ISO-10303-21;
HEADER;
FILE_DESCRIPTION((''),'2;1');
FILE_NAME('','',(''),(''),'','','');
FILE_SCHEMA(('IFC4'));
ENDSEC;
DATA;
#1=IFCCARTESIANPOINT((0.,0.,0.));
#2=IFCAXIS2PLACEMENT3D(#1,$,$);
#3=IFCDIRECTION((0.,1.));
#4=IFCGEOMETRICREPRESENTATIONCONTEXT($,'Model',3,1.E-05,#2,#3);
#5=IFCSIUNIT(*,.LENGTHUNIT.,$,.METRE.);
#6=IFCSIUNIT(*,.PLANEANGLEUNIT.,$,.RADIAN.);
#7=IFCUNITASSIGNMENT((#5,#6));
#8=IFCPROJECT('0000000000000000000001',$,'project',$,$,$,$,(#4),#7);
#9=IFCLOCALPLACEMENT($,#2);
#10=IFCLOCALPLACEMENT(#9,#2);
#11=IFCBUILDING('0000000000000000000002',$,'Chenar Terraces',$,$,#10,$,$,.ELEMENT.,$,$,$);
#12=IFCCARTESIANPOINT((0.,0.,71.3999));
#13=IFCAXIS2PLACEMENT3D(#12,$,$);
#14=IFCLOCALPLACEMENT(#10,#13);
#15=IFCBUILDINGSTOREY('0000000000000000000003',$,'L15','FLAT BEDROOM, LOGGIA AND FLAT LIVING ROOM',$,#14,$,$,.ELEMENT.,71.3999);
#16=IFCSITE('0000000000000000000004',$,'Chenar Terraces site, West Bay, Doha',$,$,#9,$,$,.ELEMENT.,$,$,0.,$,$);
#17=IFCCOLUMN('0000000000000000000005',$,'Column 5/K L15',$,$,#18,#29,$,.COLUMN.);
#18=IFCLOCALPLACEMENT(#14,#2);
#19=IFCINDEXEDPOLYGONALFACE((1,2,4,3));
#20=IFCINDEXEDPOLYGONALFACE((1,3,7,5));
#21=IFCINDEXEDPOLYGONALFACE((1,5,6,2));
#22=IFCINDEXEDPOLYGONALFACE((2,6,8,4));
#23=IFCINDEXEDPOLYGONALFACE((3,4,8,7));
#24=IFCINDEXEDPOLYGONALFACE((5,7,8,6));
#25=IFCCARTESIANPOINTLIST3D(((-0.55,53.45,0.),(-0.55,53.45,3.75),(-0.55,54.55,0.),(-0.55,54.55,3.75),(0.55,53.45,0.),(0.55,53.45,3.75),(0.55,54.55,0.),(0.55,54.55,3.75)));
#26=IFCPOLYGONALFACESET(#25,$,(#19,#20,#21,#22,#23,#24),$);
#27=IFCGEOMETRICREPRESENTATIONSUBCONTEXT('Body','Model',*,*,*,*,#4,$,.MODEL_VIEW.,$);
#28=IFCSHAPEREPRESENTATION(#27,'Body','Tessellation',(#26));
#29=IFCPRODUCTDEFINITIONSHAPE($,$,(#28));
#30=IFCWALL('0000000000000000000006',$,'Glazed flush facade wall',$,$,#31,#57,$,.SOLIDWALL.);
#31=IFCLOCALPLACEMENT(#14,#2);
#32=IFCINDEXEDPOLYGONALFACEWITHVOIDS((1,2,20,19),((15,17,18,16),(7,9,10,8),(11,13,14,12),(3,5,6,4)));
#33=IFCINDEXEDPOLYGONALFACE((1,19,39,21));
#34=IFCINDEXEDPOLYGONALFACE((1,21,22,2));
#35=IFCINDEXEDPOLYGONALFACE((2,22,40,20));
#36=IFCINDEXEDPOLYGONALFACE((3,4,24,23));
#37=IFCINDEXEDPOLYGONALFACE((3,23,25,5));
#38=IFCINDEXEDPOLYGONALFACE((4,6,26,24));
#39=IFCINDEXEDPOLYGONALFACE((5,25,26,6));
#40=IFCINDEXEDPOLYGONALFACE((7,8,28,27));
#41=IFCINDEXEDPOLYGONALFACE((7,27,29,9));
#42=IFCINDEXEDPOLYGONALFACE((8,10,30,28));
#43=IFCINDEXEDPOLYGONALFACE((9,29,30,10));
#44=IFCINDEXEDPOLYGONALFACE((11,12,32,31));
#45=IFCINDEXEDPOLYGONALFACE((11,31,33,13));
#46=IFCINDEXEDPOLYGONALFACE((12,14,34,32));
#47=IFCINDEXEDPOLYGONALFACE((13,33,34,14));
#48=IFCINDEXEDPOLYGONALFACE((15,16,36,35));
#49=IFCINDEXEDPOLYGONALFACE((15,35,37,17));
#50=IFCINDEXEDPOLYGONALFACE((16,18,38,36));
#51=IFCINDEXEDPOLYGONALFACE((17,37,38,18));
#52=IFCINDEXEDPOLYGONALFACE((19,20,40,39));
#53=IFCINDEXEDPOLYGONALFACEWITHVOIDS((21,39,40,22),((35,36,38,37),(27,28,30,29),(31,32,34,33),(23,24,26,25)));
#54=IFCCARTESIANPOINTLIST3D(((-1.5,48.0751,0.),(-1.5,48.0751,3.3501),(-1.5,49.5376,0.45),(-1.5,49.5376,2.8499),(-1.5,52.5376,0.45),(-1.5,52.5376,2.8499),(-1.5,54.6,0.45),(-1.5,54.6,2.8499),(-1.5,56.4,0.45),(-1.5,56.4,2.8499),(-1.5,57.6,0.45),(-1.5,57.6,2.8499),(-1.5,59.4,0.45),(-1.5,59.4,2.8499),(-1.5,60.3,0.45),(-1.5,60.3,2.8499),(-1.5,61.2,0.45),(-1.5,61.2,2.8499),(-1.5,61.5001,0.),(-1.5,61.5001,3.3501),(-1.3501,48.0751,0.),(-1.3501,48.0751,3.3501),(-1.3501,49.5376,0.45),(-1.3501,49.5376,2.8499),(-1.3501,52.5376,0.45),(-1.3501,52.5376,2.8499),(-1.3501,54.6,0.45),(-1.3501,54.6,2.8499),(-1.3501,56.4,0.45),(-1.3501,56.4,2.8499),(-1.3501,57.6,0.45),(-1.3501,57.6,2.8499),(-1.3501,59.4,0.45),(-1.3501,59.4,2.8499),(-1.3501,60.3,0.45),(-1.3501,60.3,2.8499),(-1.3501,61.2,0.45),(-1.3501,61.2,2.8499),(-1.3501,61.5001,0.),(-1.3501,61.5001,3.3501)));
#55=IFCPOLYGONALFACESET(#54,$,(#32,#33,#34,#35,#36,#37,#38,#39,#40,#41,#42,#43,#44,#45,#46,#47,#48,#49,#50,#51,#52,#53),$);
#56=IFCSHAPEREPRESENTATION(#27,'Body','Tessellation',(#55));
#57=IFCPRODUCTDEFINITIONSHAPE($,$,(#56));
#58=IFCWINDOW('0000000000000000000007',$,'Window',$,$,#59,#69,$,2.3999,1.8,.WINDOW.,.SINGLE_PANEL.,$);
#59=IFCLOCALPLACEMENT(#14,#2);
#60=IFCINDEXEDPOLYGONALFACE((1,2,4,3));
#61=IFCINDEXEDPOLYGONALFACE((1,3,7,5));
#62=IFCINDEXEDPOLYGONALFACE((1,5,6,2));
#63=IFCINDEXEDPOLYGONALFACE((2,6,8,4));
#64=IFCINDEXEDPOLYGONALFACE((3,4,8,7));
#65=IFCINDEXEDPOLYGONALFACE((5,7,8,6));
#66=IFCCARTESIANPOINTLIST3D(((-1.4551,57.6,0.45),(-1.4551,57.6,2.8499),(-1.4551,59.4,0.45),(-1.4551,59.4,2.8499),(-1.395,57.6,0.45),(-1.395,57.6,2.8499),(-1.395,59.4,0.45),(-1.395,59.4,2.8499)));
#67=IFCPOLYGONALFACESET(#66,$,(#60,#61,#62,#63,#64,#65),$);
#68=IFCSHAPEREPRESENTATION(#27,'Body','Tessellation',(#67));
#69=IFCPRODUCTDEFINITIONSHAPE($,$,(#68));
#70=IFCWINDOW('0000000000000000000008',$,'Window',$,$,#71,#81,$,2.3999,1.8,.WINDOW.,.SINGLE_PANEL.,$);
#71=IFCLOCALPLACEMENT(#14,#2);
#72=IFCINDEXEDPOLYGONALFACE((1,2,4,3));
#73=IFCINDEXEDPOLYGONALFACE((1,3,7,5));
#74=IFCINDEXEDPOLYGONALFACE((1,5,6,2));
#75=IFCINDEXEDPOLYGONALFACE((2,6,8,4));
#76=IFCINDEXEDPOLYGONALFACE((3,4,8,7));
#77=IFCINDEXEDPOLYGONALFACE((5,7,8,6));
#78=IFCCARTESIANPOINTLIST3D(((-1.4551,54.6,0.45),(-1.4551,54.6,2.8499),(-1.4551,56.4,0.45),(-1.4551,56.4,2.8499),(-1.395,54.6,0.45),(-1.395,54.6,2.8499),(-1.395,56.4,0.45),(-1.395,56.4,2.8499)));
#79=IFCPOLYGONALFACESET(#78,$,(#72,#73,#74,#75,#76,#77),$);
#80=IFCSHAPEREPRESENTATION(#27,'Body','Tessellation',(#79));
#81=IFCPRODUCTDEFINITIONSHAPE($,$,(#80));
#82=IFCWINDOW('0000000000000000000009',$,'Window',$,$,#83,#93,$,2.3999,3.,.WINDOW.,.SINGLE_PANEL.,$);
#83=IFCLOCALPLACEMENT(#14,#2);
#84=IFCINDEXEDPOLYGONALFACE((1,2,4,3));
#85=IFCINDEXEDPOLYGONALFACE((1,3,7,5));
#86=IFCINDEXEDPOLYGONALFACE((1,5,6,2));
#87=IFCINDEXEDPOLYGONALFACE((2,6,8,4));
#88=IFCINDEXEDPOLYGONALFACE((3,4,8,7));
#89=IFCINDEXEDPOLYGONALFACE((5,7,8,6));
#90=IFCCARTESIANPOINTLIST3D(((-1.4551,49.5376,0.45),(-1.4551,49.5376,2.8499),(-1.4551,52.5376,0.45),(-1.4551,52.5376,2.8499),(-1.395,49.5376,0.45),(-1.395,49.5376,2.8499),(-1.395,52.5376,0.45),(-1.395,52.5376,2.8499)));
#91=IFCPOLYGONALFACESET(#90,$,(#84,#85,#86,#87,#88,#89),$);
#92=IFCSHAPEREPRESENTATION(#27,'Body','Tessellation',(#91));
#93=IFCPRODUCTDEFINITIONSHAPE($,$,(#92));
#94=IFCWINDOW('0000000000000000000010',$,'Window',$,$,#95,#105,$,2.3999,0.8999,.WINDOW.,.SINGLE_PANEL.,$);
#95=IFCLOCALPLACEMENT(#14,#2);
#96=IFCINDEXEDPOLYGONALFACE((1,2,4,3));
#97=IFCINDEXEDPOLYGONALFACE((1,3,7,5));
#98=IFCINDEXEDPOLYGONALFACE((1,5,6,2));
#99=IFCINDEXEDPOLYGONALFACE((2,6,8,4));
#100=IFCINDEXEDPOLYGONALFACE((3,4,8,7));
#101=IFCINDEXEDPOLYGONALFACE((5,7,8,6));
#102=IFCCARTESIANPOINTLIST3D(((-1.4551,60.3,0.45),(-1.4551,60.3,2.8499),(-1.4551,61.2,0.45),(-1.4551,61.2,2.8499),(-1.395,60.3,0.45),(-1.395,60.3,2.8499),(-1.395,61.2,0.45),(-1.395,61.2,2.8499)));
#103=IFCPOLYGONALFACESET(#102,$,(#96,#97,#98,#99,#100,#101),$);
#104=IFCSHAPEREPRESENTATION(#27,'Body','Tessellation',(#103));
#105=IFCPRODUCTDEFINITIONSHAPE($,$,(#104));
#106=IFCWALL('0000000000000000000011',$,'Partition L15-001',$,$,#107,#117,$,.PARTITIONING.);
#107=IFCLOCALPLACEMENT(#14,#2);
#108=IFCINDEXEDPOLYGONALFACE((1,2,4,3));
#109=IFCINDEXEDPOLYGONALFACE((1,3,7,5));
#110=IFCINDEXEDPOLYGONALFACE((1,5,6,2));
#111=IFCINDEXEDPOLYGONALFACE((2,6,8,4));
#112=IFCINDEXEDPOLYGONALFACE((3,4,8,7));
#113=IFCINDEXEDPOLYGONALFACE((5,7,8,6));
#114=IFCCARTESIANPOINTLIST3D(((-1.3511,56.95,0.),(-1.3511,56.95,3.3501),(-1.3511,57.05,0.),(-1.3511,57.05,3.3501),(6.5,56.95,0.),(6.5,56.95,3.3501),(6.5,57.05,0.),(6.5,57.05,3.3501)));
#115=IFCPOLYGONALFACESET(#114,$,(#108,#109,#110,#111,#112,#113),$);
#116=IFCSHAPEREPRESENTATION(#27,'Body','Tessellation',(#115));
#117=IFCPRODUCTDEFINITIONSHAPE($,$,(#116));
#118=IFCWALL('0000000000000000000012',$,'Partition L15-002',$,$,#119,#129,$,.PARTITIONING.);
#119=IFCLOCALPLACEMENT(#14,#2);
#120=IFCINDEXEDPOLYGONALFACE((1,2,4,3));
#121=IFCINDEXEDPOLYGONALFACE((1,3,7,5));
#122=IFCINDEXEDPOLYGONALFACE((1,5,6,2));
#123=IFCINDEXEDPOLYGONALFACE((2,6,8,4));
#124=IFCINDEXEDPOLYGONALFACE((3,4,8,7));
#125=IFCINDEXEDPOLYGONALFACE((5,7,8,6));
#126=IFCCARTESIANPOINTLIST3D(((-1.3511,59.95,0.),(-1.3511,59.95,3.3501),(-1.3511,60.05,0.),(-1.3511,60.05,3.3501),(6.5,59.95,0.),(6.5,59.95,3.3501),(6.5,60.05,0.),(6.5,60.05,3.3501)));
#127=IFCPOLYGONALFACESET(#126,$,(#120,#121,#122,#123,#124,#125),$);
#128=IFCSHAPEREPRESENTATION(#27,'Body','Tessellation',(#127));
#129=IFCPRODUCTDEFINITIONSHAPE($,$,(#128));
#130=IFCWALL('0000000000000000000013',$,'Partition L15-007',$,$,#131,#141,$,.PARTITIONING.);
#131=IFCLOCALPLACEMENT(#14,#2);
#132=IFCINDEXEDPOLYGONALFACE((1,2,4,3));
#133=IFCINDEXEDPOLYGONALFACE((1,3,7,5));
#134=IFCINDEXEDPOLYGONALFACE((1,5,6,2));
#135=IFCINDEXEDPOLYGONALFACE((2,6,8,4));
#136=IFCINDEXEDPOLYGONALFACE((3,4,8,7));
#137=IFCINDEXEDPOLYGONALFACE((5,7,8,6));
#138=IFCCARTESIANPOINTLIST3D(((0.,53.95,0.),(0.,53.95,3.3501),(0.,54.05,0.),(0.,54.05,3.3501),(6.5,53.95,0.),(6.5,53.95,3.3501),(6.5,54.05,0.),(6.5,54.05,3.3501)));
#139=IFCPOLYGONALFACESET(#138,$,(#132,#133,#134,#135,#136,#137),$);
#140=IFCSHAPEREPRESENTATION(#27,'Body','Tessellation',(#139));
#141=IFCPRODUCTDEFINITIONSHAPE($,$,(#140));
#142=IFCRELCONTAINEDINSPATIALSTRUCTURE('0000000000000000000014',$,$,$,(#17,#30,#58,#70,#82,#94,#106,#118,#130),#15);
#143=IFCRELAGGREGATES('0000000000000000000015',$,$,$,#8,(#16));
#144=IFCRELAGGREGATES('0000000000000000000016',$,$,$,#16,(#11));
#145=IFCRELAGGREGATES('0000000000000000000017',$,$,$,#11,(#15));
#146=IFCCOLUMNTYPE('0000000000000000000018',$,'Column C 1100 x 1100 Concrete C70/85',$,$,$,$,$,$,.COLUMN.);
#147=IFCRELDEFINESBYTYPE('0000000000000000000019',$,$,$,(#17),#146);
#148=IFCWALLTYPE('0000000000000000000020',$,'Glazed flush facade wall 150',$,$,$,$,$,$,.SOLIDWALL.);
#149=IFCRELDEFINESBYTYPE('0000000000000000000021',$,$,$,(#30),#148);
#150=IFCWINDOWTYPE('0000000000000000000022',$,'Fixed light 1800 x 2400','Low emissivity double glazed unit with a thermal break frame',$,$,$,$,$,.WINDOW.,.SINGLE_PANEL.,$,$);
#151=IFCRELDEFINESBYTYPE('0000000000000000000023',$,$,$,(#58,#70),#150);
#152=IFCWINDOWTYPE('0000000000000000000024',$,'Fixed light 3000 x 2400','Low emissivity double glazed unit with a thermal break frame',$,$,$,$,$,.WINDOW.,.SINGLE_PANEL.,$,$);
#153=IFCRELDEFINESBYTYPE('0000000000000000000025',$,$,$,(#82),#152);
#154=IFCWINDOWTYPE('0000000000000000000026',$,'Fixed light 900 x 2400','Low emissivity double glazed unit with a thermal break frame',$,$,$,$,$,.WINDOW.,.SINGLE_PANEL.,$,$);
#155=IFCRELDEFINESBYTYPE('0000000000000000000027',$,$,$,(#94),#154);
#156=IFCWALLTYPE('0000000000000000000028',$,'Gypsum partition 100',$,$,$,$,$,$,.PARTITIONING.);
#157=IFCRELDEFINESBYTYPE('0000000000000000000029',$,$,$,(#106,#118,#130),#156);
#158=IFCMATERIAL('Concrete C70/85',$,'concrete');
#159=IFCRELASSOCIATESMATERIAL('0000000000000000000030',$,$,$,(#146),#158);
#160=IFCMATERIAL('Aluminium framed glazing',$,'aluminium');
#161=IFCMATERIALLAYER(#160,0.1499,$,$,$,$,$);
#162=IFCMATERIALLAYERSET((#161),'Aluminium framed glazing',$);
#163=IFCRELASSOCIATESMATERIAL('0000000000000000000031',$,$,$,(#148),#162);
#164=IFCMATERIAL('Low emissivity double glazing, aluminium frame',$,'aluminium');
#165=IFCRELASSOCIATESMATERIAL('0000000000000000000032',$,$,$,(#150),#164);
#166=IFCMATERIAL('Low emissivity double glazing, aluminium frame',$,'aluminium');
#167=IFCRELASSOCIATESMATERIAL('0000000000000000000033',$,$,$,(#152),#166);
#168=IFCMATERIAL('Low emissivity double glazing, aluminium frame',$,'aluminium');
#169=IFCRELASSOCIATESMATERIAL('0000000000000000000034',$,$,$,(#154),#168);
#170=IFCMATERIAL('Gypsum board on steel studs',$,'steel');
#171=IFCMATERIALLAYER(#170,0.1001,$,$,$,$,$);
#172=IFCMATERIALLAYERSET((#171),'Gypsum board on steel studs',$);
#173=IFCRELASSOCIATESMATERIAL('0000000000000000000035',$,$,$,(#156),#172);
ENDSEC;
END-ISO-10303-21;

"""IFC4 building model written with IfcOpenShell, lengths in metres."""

from ifc_helpers import new_model, si_unit, direction, frame, frame_2d, origin, origin_2d, place, context, subcontext, project, spatial, rectangle, extrude, material, layer, layer_set, material_profile, profile_set, type_object, element, fill, save


model = new_model("IFC4")

# Units and contexts
model_context = context("Model", 3, precision=1e-05, world=origin(), true_north=direction((0.0, 1.0)))
body_context = subcontext(model_context, "Body", "Model", "MODEL_VIEW")
ifc_project = project(units=[si_unit("LENGTHUNIT", "METRE"), si_unit("PLANEANGLEUNIT", "RADIAN")], contexts=[model_context])

# Site, building, storey
site_placement = place(None, origin())
site = spatial("IfcSite", under=ifc_project, at=site_placement, Name="Chenar Terraces site, West Bay, Doha", CompositionType="ELEMENT", RefElevation=0.0)
building_placement = place(site_placement, origin())
building = spatial("IfcBuilding", under=site, at=building_placement, Name="Chenar Terraces", CompositionType="ELEMENT")
storey_placement = place(building_placement, frame((0.0, 0.0, 71.3999)))
storey = spatial("IfcBuildingStorey", under=building, at=storey_placement, Name="L15", Description="FLAT BEDROOM, LOGGIA AND FLAT LIVING ROOM", CompositionType="ELEMENT", Elevation=71.3999)

# Column
ifc_material_1 = material(Name="Concrete C70/85", Category="concrete")
ifc_material_profile_1 = material_profile(ifc_material_1, rectangle(XDim=1.1001, YDim=1.1001, at=origin_2d()), Name="C 1100 x 1100")
ifc_profile_set_1 = profile_set([ifc_material_profile_1], Name="Concrete C70/85")
column_type = type_object("IfcColumnType", Name="Column C 1100 x 1100 Concrete C70/85", PredefinedType="COLUMN", material=ifc_profile_set_1)
placement = place(storey_placement, frame((0.0, 54.0, 0.0), z_axis=(0.0, 0.0, 1.0), x_axis=(1.0, 0.0, 0.0)))
element("IfcColumn", 1, at=placement, inside=storey, type_object=column_type, Name="Column 5/K L15", PredefinedType="COLUMN", context=body_context, shape_type="SweptSolid", body=[
    extrude(rectangle(XDim=1.1001, YDim=1.1001, at=origin_2d()), origin(), (0.0, 0.0, 1.0), 3.75),
])

# Wall, openings, windows
ifc_material_2 = material(Name="Aluminium framed glazing", Category="aluminium")
ifc_layer_1 = layer(ifc_material_2, 0.1499)
ifc_layer_set_1 = layer_set([ifc_layer_1], Name="Aluminium framed glazing")
wall_type_1 = type_object("IfcWallType", Name="Glazed flush facade wall 150", PredefinedType="SOLIDWALL", material=ifc_layer_set_1)
wall_1_placement = place(storey_placement, frame((-1.425, 61.5, 0.0), z_axis=(0.0, 0.0, 1.0), x_axis=(0.0, -1.0, 0.0)))
wall_1 = element("IfcWall", 2, at=wall_1_placement, inside=storey, type_object=wall_type_1, Name="Glazed flush facade wall", PredefinedType="SOLIDWALL", context=body_context, shape_type="SweptSolid", body=[
    extrude(rectangle(XDim=13.425, YDim=0.1499, at=frame_2d((6.7124, 0.0))), origin(), (0.0, 0.0, 1.0), 3.3501),
])
opening_1_placement = place(wall_1_placement, frame((0.3, 0.0, 0.45)))
opening_1 = element("IfcOpeningElement", 3, at=opening_1_placement, cuts=wall_1, PredefinedType="OPENING", context=body_context, shape_type="SweptSolid", body=[
    extrude(rectangle(XDim=0.8999, YDim=2.3999, at=frame_2d((0.45, 1.2))), frame((0.0, 0.085, 0.0), z_axis=(0.0, -1.0, 0.0), x_axis=(1.0, 0.0, 0.0)), (0.0, 0.0, 1.0), 0.1699),
])
opening_2_placement = place(wall_1_placement, frame((2.1001, 0.0, 0.45)))
opening_2 = element("IfcOpeningElement", 4, at=opening_2_placement, cuts=wall_1, PredefinedType="OPENING", context=body_context, shape_type="SweptSolid", body=[
    extrude(rectangle(XDim=1.8, YDim=2.3999, at=frame_2d((0.8999, 1.2))), frame((0.0, 0.085, 0.0), z_axis=(0.0, -1.0, 0.0), x_axis=(1.0, 0.0, 0.0)), (0.0, 0.0, 1.0), 0.1699),
])
opening_3_placement = place(wall_1_placement, frame((5.1001, 0.0, 0.45)))
opening_3 = element("IfcOpeningElement", 5, at=opening_3_placement, cuts=wall_1, PredefinedType="OPENING", context=body_context, shape_type="SweptSolid", body=[
    extrude(rectangle(XDim=1.8, YDim=2.3999, at=frame_2d((0.8999, 1.2))), frame((0.0, 0.085, 0.0), z_axis=(0.0, -1.0, 0.0), x_axis=(1.0, 0.0, 0.0)), (0.0, 0.0, 1.0), 0.1699),
])
opening_4_placement = place(wall_1_placement, frame((8.9624, 0.0, 0.45)))
opening_4 = element("IfcOpeningElement", 6, at=opening_4_placement, cuts=wall_1, PredefinedType="OPENING", context=body_context, shape_type="SweptSolid", body=[
    extrude(rectangle(XDim=3.0, YDim=2.3999, at=frame_2d((1.5, 1.2))), frame((0.0, 0.085, 0.0), z_axis=(0.0, -1.0, 0.0), x_axis=(1.0, 0.0, 0.0)), (0.0, 0.0, 1.0), 0.1699),
])
ifc_material_3 = material(Name="Low emissivity double glazing, aluminium frame", Category="aluminium")
window_type_1 = type_object("IfcWindowType", Name="Fixed light 1800 x 2400", Description="Low emissivity double glazed unit with a thermal break frame", PartitioningType="SINGLE_PANEL", PredefinedType="WINDOW", material=ifc_material_3)
window_1_placement = place(opening_2_placement, origin())
window_1 = element("IfcWindow", 7, at=window_1_placement, inside=storey, type_object=window_type_1, Name="Window", OverallHeight=2.3999, OverallWidth=1.8, PartitioningType="SINGLE_PANEL", PredefinedType="WINDOW", context=body_context, shape_type="SweptSolid", body=[
    extrude(rectangle(XDim=1.8, YDim=2.3999, at=frame_2d((0.8999, 1.2))), frame((0.0, 0.03, 0.0), z_axis=(0.0, -1.0, 0.0), x_axis=(1.0, 0.0, 0.0)), (0.0, 0.0, 1.0), 0.0601),
])
fill(opening_2, window_1)
window_2_placement = place(opening_3_placement, origin())
window_2 = element("IfcWindow", 8, at=window_2_placement, inside=storey, type_object=window_type_1, Name="Window", OverallHeight=2.3999, OverallWidth=1.8, PartitioningType="SINGLE_PANEL", PredefinedType="WINDOW", context=body_context, shape_type="SweptSolid", body=[
    extrude(rectangle(XDim=1.8, YDim=2.3999, at=frame_2d((0.8999, 1.2))), frame((0.0, 0.03, 0.0), z_axis=(0.0, -1.0, 0.0), x_axis=(1.0, 0.0, 0.0)), (0.0, 0.0, 1.0), 0.0601),
])
fill(opening_3, window_2)
ifc_material_4 = material(Name="Low emissivity double glazing, aluminium frame", Category="aluminium")
window_type_2 = type_object("IfcWindowType", Name="Fixed light 3000 x 2400", Description="Low emissivity double glazed unit with a thermal break frame", PartitioningType="SINGLE_PANEL", PredefinedType="WINDOW", material=ifc_material_4)
window_3_placement = place(opening_4_placement, origin())
window_3 = element("IfcWindow", 9, at=window_3_placement, inside=storey, type_object=window_type_2, Name="Window", OverallHeight=2.3999, OverallWidth=3.0, PartitioningType="SINGLE_PANEL", PredefinedType="WINDOW", context=body_context, shape_type="SweptSolid", body=[
    extrude(rectangle(XDim=3.0, YDim=2.3999, at=frame_2d((1.5, 1.2))), frame((0.0, 0.03, 0.0), z_axis=(0.0, -1.0, 0.0), x_axis=(1.0, 0.0, 0.0)), (0.0, 0.0, 1.0), 0.0601),
])
fill(opening_4, window_3)
ifc_material_5 = material(Name="Low emissivity double glazing, aluminium frame", Category="aluminium")
window_type_3 = type_object("IfcWindowType", Name="Fixed light 900 x 2400", Description="Low emissivity double glazed unit with a thermal break frame", PartitioningType="SINGLE_PANEL", PredefinedType="WINDOW", material=ifc_material_5)
window_4_placement = place(opening_1_placement, origin())
window_4 = element("IfcWindow", 10, at=window_4_placement, inside=storey, type_object=window_type_3, Name="Window", OverallHeight=2.3999, OverallWidth=0.8999, PartitioningType="SINGLE_PANEL", PredefinedType="WINDOW", context=body_context, shape_type="SweptSolid", body=[
    extrude(rectangle(XDim=0.8999, YDim=2.3999, at=frame_2d((0.45, 1.2))), frame((0.0, 0.03, 0.0), z_axis=(0.0, -1.0, 0.0), x_axis=(1.0, 0.0, 0.0)), (0.0, 0.0, 1.0), 0.0601),
])
fill(opening_1, window_4)

# Walls
ifc_material_6 = material(Name="Gypsum board on steel studs", Category="steel")
ifc_layer_2 = layer(ifc_material_6, 0.1001)
ifc_layer_set_2 = layer_set([ifc_layer_2], Name="Gypsum board on steel studs")
wall_type_2 = type_object("IfcWallType", Name="Gypsum partition 100", PredefinedType="PARTITIONING", material=ifc_layer_set_2)
for number, where, z_axis, x_axis, name in (
    (11, (-1.3511, 57.0, 0.0), (0.0, 0.0, 1.0), (1.0, 0.0, 0.0), "Partition L15-001"),
    (12, (-1.3511, 60.0, 0.0), (0.0, 0.0, 1.0), (1.0, 0.0, 0.0), "Partition L15-002"),
):
    element("IfcWall", number, at=place(storey_placement, frame(where, z_axis=z_axis, x_axis=x_axis)), inside=storey, type_object=wall_type_2, Name=name, PredefinedType="PARTITIONING", context=body_context, shape_type="SweptSolid", body=[
        extrude(rectangle(XDim=7.8511, YDim=0.1001, at=frame_2d((3.9255, 0.0))), origin(), (0.0, 0.0, 1.0), 3.3501),
    ])
element("IfcWall", 13, at=placement, inside=storey, type_object=wall_type_2, Name="Partition L15-007", PredefinedType="PARTITIONING", context=body_context, shape_type="SweptSolid", body=[
    extrude(rectangle(XDim=6.5, YDim=0.1001, at=frame_2d((3.25, 0.0))), origin(), (0.0, 0.0, 1.0), 3.3501),
])

save(model, "model.ifc")
